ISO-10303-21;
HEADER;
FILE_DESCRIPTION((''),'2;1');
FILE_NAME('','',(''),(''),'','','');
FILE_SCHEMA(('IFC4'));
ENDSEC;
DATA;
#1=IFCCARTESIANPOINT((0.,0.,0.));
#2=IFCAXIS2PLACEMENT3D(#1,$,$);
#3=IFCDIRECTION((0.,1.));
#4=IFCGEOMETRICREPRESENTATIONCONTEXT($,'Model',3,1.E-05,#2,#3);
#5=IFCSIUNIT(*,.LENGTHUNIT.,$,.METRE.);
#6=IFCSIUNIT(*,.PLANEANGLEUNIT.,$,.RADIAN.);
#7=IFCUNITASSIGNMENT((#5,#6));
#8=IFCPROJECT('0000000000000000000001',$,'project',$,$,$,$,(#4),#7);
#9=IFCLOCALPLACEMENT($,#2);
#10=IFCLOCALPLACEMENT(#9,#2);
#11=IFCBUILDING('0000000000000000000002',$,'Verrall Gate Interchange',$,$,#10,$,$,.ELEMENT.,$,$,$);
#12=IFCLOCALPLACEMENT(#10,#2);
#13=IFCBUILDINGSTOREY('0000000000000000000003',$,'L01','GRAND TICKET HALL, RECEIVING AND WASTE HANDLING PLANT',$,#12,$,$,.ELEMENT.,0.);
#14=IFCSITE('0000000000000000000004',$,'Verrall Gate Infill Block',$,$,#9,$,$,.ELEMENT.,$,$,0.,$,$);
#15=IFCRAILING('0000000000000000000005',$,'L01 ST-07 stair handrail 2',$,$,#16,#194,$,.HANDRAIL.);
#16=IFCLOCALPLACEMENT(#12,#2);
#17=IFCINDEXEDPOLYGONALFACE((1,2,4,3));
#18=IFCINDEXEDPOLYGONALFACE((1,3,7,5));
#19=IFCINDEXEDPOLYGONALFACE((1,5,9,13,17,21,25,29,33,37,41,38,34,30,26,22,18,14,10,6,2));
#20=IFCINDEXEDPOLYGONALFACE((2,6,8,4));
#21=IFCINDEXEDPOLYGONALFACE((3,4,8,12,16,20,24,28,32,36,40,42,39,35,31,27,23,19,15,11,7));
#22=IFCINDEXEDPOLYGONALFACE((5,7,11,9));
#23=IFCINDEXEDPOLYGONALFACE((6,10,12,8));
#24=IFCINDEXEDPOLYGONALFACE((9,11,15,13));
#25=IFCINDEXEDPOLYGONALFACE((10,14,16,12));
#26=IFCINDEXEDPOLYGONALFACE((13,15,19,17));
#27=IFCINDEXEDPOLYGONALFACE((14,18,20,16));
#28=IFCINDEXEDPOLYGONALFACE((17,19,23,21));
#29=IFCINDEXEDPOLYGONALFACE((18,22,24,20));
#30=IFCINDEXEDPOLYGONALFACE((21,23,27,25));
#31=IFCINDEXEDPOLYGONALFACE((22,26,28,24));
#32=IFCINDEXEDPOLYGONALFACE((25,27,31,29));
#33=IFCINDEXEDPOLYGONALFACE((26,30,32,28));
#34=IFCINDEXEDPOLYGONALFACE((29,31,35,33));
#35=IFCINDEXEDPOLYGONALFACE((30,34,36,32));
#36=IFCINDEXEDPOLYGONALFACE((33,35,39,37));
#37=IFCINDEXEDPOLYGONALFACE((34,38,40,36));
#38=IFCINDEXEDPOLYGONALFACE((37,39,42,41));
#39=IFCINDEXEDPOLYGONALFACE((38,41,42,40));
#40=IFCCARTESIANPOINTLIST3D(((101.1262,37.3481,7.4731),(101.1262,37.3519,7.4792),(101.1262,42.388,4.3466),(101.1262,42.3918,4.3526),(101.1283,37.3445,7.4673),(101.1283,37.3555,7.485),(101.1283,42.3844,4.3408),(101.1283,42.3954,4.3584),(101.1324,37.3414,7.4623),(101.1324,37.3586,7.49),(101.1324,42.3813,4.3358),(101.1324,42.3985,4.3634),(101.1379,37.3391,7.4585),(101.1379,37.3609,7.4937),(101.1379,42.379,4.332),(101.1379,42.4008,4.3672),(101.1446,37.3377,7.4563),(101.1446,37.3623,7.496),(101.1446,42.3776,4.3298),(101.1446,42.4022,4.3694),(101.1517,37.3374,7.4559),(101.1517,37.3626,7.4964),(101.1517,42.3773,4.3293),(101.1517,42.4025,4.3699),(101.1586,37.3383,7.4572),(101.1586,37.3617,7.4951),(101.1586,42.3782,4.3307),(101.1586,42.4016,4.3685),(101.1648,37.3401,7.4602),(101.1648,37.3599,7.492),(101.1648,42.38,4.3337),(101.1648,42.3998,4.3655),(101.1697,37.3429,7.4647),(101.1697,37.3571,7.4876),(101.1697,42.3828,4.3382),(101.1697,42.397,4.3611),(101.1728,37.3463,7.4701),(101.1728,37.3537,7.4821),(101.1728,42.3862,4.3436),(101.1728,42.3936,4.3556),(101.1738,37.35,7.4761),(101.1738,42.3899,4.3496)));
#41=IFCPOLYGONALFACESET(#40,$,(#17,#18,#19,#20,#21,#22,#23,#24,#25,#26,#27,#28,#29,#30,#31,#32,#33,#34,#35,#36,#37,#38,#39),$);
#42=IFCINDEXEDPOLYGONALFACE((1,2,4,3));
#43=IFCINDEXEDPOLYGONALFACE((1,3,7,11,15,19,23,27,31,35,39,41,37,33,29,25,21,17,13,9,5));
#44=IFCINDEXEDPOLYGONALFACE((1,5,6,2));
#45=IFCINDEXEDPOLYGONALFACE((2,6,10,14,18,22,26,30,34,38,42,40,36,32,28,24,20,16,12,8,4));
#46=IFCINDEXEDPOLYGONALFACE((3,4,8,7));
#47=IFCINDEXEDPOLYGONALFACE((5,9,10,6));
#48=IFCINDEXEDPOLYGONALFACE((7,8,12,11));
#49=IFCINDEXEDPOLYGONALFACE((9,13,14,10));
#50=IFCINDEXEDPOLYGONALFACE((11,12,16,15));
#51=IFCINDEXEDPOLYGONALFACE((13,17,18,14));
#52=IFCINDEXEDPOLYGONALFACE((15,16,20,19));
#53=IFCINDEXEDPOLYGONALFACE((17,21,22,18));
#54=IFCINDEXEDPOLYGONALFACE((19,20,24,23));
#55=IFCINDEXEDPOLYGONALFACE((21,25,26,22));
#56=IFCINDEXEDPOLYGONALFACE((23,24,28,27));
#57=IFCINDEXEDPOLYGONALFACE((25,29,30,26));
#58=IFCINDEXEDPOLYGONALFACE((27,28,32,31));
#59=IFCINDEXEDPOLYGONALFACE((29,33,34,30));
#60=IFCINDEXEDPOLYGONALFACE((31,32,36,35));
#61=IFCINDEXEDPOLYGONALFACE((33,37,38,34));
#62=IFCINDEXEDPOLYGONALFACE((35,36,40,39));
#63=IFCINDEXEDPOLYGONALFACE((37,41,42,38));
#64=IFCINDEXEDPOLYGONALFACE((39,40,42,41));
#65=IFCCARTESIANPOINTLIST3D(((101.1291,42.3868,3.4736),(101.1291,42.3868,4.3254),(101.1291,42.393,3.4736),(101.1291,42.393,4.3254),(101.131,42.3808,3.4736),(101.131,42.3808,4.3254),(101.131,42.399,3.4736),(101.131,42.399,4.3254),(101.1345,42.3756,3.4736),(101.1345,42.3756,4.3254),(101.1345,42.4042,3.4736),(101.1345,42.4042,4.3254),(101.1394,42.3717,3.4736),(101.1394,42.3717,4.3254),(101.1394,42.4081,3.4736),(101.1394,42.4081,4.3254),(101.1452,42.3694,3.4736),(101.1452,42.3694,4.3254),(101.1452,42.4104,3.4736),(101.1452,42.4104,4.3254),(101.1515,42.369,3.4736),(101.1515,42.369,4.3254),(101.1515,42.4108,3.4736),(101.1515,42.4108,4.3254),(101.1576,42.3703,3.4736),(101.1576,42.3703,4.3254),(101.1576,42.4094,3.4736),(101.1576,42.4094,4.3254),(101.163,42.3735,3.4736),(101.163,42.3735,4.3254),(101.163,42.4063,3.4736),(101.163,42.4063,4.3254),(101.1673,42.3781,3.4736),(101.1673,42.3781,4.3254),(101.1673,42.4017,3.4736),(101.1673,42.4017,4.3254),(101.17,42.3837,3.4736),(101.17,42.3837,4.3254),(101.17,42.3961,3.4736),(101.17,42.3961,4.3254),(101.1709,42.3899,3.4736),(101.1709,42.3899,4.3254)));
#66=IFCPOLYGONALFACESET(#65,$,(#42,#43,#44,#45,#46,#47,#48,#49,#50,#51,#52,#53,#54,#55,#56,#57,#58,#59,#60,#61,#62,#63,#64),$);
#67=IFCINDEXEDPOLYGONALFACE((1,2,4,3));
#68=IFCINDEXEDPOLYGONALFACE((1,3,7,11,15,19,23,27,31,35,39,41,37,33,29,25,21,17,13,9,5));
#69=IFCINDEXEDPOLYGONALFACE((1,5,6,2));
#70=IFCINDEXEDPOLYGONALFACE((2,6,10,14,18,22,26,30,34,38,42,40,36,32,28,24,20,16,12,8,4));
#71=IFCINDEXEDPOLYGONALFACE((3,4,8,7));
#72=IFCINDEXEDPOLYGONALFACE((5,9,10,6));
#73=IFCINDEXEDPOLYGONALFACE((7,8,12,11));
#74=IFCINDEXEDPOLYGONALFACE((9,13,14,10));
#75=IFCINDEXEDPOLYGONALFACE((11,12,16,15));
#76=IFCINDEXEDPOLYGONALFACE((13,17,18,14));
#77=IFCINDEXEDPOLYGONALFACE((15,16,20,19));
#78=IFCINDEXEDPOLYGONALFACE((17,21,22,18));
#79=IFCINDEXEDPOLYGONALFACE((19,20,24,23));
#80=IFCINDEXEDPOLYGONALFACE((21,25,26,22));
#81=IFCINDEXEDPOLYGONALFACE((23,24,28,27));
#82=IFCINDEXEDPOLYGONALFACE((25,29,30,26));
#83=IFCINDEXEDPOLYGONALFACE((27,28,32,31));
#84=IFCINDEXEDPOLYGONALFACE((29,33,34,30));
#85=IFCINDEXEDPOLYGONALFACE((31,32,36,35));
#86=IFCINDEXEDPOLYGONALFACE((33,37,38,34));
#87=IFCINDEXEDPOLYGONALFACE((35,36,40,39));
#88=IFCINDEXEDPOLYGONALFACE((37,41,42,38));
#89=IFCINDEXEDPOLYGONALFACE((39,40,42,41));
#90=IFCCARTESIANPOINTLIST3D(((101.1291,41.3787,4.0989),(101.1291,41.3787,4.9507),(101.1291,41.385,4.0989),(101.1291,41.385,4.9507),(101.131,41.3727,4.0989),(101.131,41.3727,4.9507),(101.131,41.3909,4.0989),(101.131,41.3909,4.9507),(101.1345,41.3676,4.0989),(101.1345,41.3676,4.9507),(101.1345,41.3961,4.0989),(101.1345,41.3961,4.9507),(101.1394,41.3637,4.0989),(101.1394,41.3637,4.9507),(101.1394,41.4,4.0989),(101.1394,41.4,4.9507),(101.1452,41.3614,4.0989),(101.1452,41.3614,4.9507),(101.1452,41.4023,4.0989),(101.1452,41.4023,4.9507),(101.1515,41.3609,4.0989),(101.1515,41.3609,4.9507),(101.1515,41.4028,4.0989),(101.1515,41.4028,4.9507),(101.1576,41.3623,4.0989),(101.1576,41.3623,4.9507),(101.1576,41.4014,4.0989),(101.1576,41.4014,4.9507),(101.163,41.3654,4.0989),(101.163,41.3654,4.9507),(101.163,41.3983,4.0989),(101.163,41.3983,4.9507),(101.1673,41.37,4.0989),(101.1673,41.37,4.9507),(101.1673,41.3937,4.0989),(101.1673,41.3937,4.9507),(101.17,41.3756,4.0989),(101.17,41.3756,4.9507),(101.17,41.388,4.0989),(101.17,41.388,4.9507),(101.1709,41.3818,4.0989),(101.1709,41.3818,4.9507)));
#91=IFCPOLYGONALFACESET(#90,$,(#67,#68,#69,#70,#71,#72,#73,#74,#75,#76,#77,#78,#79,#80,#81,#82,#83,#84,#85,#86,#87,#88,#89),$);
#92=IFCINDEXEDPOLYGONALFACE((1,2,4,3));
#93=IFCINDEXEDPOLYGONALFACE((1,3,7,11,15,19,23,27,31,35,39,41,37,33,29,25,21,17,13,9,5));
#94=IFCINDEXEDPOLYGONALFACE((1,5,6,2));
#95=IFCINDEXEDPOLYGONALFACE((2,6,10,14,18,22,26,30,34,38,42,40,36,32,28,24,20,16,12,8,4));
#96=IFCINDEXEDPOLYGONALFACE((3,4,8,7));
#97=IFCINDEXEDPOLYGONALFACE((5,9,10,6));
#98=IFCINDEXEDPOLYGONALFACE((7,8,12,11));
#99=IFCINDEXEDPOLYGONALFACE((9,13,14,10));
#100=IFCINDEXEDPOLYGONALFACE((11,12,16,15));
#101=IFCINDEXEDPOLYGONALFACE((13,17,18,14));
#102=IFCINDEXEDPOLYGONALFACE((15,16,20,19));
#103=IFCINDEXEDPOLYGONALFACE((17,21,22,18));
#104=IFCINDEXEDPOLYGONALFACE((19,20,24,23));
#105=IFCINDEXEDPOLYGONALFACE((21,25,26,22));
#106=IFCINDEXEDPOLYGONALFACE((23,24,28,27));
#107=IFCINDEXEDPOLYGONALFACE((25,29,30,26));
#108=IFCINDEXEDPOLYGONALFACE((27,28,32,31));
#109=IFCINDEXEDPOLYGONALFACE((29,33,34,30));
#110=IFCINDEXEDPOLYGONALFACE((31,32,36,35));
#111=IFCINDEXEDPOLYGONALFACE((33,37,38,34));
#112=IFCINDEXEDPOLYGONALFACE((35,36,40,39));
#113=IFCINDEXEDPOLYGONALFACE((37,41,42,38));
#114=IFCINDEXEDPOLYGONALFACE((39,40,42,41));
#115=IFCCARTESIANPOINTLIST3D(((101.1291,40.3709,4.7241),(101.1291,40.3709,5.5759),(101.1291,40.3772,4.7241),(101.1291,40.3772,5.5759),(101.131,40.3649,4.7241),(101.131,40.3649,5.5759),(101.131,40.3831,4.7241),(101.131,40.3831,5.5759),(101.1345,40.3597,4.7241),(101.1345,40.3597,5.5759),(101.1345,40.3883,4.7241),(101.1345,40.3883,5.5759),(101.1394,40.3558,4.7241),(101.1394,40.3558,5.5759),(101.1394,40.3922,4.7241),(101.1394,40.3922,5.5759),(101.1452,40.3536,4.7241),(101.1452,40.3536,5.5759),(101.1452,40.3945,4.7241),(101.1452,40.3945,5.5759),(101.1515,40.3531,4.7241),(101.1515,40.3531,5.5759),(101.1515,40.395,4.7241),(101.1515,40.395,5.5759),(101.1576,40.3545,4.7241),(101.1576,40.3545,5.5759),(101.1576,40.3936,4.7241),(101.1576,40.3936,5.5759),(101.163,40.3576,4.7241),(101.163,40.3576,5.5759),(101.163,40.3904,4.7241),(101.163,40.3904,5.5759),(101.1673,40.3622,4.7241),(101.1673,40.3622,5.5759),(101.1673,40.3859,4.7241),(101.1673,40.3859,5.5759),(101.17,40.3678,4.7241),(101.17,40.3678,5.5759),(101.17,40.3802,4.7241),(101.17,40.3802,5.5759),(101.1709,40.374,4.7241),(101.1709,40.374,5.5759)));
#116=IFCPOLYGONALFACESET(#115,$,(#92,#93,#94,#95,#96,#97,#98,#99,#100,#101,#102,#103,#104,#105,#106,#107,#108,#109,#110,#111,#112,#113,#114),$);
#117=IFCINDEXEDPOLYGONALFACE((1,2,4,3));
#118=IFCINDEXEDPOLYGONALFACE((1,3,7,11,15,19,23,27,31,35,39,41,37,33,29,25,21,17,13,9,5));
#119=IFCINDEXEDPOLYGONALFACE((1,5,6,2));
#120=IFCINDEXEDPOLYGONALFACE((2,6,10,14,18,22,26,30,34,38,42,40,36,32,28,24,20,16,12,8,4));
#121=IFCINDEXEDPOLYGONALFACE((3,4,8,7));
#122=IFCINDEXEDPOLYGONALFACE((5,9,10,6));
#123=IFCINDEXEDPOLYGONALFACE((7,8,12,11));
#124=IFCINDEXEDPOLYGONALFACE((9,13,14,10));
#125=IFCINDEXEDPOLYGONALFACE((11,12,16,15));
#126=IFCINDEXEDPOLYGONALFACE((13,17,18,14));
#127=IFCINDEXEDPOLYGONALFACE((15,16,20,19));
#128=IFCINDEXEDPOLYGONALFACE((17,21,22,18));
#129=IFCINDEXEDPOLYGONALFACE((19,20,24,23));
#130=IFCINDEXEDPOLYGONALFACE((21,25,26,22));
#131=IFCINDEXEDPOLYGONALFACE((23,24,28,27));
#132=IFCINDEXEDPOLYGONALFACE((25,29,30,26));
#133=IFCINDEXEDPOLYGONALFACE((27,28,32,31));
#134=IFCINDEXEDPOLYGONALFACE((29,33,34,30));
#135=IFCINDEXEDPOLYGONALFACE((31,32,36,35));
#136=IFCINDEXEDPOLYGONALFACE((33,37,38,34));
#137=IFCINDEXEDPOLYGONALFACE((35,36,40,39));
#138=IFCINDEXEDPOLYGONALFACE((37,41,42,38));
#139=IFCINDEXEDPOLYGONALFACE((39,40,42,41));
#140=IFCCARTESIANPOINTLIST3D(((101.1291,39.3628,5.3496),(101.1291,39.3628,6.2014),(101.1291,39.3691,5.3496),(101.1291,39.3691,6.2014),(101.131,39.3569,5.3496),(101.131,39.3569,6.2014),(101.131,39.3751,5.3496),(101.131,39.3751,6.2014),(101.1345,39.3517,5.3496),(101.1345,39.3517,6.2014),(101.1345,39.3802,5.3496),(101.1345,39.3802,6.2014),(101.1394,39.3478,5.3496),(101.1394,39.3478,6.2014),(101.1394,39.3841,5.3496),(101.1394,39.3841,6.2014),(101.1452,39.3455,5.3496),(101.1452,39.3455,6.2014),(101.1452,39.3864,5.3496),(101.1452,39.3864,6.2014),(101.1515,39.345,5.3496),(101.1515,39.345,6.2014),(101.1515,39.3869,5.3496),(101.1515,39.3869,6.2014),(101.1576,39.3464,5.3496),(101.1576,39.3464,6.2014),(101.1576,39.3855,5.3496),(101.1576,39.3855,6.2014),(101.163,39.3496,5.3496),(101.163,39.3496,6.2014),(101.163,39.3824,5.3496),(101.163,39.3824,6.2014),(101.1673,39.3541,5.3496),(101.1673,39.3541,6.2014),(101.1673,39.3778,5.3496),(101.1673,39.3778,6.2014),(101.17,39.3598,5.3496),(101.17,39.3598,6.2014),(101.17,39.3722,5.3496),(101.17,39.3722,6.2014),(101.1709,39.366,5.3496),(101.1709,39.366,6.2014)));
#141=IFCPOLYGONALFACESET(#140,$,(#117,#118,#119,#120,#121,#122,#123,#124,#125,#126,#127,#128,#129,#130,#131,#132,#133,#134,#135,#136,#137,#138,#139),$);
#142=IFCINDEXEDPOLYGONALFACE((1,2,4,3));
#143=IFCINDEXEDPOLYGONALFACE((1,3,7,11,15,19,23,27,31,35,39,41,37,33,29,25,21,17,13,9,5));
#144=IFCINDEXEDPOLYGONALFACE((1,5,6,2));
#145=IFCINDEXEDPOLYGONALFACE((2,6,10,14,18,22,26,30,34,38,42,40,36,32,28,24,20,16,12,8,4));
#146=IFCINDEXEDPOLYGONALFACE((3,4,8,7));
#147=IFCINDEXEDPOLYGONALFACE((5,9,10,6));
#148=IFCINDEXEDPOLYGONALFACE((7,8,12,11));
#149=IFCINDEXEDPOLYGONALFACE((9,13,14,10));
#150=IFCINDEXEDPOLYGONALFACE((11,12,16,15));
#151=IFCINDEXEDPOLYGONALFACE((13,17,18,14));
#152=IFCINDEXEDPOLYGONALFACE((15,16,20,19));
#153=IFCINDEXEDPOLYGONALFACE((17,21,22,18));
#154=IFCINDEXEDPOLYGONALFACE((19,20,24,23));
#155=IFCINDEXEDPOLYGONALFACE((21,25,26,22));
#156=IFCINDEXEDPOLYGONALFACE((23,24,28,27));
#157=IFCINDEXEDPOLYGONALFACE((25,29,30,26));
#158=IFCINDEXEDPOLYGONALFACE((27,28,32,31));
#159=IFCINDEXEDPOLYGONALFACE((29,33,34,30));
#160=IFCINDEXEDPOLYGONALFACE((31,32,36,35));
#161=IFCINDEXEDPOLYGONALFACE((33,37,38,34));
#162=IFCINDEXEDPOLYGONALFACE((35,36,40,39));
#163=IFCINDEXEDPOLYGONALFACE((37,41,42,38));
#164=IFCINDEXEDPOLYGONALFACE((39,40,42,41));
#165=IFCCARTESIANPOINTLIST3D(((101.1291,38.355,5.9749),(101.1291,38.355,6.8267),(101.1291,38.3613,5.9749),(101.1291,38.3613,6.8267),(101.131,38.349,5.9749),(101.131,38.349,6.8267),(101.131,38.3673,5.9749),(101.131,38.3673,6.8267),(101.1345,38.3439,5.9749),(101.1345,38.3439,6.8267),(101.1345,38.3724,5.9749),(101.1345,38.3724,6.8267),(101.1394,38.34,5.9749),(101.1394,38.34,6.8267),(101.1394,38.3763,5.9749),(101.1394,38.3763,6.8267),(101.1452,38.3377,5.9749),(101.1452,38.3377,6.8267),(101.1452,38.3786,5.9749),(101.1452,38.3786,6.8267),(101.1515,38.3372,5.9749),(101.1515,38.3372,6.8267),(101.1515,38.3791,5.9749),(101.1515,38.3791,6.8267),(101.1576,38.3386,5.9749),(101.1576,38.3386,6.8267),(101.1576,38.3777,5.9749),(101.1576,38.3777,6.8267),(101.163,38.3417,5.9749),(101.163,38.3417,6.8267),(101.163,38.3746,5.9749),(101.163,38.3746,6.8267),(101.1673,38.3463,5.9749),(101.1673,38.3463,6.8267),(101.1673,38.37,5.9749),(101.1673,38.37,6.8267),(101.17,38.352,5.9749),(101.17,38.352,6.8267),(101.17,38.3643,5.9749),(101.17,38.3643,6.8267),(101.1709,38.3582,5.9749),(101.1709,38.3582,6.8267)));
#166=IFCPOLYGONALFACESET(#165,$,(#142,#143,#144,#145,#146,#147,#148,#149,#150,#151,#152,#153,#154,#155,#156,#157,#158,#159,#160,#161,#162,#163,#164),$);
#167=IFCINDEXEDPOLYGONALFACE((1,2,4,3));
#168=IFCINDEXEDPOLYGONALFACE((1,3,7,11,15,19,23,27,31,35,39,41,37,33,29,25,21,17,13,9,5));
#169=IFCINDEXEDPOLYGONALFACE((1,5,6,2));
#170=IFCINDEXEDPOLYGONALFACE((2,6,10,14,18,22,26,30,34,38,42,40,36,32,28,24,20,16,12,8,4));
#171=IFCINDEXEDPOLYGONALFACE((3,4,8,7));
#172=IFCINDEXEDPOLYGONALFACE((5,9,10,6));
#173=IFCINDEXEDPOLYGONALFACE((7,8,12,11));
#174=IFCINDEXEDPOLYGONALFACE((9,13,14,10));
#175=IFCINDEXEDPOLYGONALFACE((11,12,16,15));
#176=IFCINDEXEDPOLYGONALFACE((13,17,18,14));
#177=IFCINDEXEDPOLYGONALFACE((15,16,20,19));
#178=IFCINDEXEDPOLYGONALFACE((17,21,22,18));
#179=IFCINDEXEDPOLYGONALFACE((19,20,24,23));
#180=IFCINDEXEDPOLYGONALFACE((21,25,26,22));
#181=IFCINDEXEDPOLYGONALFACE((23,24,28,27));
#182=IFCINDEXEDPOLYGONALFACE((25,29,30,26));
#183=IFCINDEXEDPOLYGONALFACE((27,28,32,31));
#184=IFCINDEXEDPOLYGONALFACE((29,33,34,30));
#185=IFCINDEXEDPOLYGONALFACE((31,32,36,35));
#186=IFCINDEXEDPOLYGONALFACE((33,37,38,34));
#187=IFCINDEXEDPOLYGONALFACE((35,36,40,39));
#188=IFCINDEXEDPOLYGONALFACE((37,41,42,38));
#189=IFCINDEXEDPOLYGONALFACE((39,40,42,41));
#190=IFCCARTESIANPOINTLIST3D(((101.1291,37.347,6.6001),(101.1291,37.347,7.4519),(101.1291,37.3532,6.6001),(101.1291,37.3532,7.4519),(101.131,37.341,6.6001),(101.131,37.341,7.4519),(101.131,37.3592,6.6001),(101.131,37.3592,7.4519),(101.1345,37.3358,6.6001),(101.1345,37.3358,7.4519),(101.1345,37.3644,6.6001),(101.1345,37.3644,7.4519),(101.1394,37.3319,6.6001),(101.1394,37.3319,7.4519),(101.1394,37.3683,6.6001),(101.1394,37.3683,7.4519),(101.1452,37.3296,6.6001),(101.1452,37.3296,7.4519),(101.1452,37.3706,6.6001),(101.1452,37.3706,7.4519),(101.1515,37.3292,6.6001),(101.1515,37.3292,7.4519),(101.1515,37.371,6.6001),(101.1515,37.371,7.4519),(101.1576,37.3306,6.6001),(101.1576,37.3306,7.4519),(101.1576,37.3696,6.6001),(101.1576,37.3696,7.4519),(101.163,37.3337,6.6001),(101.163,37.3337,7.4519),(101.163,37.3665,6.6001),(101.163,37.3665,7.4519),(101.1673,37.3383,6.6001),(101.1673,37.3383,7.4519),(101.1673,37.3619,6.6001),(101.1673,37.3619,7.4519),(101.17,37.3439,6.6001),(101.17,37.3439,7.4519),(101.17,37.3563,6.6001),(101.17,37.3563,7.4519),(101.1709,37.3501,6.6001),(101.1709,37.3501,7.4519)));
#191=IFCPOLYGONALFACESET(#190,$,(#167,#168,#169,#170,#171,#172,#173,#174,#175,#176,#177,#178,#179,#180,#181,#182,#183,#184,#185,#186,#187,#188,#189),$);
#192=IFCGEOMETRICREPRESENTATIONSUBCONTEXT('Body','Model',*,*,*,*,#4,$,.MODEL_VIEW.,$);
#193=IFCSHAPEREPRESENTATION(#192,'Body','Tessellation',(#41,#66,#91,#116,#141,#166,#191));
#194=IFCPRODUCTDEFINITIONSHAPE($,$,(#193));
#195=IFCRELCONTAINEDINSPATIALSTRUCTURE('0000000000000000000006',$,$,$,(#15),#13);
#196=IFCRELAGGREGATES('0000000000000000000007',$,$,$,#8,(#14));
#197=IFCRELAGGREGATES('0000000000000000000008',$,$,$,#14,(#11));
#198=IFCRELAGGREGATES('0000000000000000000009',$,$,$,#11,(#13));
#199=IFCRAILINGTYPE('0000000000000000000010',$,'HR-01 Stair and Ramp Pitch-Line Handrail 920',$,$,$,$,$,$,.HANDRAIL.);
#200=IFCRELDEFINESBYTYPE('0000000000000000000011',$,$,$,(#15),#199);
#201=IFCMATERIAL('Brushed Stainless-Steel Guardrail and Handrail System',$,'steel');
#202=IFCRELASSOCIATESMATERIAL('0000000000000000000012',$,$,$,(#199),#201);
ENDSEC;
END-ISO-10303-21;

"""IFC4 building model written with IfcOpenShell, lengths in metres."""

from ifc_helpers import new_model, si_unit, direction, frame, origin, origin_2d, place, context, subcontext, project, spatial, circle, extrude, material, type_object, element, save


model = new_model("IFC4")

# Units and contexts
model_context = context("Model", 3, precision=1e-05, world=origin(), true_north=direction((0.0, 1.0)))
body_context = subcontext(model_context, "Body", "Model", "MODEL_VIEW")
ifc_project = project(units=[si_unit("LENGTHUNIT", "METRE"), si_unit("PLANEANGLEUNIT", "RADIAN")], contexts=[model_context])

# Site, building, storey
site_placement = place(None, origin())
site = spatial("IfcSite", under=ifc_project, at=site_placement, Name="Verrall Gate Infill Block", CompositionType="ELEMENT", RefElevation=0.0)
building_placement = place(site_placement, origin())
building = spatial("IfcBuilding", under=site, at=building_placement, Name="Verrall Gate Interchange", CompositionType="ELEMENT")
storey_placement = place(building_placement, origin())
storey = spatial("IfcBuildingStorey", under=building, at=storey_placement, Name="L01", Description="GRAND TICKET HALL, RECEIVING AND WASTE HANDLING PLANT", CompositionType="ELEMENT", Elevation=0.0)

# Railing
ifc_material_1 = material(Name="Brushed Stainless-Steel Guardrail and Handrail System", Category="steel")
railing_type_1 = type_object("IfcRailingType", Name="HR-01 Stair and Ramp Pitch-Line Handrail 920", PredefinedType="HANDRAIL", material=ifc_material_1)
railing_1_placement = place(storey_placement, frame((101.1499, 42.3899, 3.4736)))
element("IfcRailing", 1, at=railing_1_placement, inside=storey, type_object=railing_type_1, Name="L01 ST-07 stair handrail 2", PredefinedType="HANDRAIL", context=body_context, shape_type="SweptSolid", body=[
    extrude(circle(Radius=0.0239, at=origin_2d()), frame((0.0, 0.0, 0.876), z_axis=(0.0, -0.849767, 0.527158), x_axis=(1.0, 0.0, 0.0)), (0.0, 0.0, 1.0), 5.9309),
    extrude(circle(Radius=0.021, at=origin_2d()), origin(), (0.0, 0.0, 1.0), 0.8518),
    extrude(circle(Radius=0.021, at=origin_2d()), frame((0.0, -1.0081, 0.6252)), (0.0, 0.0, 1.0), 0.8518),
    extrude(circle(Radius=0.021, at=origin_2d()), frame((0.0, -2.0159, 1.2505)), (0.0, 0.0, 1.0), 0.8518),
    extrude(circle(Radius=0.021, at=origin_2d()), frame((0.0, -3.0239, 1.876)), (0.0, 0.0, 1.0), 0.8518),
    extrude(circle(Radius=0.021, at=origin_2d()), frame((0.0, -4.0317, 2.5012)), (0.0, 0.0, 1.0), 0.8518),
    extrude(circle(Radius=0.021, at=origin_2d()), frame((0.0, -5.0398, 3.1265)), (0.0, 0.0, 1.0), 0.8518),
])

save(model, "model.ifc")
